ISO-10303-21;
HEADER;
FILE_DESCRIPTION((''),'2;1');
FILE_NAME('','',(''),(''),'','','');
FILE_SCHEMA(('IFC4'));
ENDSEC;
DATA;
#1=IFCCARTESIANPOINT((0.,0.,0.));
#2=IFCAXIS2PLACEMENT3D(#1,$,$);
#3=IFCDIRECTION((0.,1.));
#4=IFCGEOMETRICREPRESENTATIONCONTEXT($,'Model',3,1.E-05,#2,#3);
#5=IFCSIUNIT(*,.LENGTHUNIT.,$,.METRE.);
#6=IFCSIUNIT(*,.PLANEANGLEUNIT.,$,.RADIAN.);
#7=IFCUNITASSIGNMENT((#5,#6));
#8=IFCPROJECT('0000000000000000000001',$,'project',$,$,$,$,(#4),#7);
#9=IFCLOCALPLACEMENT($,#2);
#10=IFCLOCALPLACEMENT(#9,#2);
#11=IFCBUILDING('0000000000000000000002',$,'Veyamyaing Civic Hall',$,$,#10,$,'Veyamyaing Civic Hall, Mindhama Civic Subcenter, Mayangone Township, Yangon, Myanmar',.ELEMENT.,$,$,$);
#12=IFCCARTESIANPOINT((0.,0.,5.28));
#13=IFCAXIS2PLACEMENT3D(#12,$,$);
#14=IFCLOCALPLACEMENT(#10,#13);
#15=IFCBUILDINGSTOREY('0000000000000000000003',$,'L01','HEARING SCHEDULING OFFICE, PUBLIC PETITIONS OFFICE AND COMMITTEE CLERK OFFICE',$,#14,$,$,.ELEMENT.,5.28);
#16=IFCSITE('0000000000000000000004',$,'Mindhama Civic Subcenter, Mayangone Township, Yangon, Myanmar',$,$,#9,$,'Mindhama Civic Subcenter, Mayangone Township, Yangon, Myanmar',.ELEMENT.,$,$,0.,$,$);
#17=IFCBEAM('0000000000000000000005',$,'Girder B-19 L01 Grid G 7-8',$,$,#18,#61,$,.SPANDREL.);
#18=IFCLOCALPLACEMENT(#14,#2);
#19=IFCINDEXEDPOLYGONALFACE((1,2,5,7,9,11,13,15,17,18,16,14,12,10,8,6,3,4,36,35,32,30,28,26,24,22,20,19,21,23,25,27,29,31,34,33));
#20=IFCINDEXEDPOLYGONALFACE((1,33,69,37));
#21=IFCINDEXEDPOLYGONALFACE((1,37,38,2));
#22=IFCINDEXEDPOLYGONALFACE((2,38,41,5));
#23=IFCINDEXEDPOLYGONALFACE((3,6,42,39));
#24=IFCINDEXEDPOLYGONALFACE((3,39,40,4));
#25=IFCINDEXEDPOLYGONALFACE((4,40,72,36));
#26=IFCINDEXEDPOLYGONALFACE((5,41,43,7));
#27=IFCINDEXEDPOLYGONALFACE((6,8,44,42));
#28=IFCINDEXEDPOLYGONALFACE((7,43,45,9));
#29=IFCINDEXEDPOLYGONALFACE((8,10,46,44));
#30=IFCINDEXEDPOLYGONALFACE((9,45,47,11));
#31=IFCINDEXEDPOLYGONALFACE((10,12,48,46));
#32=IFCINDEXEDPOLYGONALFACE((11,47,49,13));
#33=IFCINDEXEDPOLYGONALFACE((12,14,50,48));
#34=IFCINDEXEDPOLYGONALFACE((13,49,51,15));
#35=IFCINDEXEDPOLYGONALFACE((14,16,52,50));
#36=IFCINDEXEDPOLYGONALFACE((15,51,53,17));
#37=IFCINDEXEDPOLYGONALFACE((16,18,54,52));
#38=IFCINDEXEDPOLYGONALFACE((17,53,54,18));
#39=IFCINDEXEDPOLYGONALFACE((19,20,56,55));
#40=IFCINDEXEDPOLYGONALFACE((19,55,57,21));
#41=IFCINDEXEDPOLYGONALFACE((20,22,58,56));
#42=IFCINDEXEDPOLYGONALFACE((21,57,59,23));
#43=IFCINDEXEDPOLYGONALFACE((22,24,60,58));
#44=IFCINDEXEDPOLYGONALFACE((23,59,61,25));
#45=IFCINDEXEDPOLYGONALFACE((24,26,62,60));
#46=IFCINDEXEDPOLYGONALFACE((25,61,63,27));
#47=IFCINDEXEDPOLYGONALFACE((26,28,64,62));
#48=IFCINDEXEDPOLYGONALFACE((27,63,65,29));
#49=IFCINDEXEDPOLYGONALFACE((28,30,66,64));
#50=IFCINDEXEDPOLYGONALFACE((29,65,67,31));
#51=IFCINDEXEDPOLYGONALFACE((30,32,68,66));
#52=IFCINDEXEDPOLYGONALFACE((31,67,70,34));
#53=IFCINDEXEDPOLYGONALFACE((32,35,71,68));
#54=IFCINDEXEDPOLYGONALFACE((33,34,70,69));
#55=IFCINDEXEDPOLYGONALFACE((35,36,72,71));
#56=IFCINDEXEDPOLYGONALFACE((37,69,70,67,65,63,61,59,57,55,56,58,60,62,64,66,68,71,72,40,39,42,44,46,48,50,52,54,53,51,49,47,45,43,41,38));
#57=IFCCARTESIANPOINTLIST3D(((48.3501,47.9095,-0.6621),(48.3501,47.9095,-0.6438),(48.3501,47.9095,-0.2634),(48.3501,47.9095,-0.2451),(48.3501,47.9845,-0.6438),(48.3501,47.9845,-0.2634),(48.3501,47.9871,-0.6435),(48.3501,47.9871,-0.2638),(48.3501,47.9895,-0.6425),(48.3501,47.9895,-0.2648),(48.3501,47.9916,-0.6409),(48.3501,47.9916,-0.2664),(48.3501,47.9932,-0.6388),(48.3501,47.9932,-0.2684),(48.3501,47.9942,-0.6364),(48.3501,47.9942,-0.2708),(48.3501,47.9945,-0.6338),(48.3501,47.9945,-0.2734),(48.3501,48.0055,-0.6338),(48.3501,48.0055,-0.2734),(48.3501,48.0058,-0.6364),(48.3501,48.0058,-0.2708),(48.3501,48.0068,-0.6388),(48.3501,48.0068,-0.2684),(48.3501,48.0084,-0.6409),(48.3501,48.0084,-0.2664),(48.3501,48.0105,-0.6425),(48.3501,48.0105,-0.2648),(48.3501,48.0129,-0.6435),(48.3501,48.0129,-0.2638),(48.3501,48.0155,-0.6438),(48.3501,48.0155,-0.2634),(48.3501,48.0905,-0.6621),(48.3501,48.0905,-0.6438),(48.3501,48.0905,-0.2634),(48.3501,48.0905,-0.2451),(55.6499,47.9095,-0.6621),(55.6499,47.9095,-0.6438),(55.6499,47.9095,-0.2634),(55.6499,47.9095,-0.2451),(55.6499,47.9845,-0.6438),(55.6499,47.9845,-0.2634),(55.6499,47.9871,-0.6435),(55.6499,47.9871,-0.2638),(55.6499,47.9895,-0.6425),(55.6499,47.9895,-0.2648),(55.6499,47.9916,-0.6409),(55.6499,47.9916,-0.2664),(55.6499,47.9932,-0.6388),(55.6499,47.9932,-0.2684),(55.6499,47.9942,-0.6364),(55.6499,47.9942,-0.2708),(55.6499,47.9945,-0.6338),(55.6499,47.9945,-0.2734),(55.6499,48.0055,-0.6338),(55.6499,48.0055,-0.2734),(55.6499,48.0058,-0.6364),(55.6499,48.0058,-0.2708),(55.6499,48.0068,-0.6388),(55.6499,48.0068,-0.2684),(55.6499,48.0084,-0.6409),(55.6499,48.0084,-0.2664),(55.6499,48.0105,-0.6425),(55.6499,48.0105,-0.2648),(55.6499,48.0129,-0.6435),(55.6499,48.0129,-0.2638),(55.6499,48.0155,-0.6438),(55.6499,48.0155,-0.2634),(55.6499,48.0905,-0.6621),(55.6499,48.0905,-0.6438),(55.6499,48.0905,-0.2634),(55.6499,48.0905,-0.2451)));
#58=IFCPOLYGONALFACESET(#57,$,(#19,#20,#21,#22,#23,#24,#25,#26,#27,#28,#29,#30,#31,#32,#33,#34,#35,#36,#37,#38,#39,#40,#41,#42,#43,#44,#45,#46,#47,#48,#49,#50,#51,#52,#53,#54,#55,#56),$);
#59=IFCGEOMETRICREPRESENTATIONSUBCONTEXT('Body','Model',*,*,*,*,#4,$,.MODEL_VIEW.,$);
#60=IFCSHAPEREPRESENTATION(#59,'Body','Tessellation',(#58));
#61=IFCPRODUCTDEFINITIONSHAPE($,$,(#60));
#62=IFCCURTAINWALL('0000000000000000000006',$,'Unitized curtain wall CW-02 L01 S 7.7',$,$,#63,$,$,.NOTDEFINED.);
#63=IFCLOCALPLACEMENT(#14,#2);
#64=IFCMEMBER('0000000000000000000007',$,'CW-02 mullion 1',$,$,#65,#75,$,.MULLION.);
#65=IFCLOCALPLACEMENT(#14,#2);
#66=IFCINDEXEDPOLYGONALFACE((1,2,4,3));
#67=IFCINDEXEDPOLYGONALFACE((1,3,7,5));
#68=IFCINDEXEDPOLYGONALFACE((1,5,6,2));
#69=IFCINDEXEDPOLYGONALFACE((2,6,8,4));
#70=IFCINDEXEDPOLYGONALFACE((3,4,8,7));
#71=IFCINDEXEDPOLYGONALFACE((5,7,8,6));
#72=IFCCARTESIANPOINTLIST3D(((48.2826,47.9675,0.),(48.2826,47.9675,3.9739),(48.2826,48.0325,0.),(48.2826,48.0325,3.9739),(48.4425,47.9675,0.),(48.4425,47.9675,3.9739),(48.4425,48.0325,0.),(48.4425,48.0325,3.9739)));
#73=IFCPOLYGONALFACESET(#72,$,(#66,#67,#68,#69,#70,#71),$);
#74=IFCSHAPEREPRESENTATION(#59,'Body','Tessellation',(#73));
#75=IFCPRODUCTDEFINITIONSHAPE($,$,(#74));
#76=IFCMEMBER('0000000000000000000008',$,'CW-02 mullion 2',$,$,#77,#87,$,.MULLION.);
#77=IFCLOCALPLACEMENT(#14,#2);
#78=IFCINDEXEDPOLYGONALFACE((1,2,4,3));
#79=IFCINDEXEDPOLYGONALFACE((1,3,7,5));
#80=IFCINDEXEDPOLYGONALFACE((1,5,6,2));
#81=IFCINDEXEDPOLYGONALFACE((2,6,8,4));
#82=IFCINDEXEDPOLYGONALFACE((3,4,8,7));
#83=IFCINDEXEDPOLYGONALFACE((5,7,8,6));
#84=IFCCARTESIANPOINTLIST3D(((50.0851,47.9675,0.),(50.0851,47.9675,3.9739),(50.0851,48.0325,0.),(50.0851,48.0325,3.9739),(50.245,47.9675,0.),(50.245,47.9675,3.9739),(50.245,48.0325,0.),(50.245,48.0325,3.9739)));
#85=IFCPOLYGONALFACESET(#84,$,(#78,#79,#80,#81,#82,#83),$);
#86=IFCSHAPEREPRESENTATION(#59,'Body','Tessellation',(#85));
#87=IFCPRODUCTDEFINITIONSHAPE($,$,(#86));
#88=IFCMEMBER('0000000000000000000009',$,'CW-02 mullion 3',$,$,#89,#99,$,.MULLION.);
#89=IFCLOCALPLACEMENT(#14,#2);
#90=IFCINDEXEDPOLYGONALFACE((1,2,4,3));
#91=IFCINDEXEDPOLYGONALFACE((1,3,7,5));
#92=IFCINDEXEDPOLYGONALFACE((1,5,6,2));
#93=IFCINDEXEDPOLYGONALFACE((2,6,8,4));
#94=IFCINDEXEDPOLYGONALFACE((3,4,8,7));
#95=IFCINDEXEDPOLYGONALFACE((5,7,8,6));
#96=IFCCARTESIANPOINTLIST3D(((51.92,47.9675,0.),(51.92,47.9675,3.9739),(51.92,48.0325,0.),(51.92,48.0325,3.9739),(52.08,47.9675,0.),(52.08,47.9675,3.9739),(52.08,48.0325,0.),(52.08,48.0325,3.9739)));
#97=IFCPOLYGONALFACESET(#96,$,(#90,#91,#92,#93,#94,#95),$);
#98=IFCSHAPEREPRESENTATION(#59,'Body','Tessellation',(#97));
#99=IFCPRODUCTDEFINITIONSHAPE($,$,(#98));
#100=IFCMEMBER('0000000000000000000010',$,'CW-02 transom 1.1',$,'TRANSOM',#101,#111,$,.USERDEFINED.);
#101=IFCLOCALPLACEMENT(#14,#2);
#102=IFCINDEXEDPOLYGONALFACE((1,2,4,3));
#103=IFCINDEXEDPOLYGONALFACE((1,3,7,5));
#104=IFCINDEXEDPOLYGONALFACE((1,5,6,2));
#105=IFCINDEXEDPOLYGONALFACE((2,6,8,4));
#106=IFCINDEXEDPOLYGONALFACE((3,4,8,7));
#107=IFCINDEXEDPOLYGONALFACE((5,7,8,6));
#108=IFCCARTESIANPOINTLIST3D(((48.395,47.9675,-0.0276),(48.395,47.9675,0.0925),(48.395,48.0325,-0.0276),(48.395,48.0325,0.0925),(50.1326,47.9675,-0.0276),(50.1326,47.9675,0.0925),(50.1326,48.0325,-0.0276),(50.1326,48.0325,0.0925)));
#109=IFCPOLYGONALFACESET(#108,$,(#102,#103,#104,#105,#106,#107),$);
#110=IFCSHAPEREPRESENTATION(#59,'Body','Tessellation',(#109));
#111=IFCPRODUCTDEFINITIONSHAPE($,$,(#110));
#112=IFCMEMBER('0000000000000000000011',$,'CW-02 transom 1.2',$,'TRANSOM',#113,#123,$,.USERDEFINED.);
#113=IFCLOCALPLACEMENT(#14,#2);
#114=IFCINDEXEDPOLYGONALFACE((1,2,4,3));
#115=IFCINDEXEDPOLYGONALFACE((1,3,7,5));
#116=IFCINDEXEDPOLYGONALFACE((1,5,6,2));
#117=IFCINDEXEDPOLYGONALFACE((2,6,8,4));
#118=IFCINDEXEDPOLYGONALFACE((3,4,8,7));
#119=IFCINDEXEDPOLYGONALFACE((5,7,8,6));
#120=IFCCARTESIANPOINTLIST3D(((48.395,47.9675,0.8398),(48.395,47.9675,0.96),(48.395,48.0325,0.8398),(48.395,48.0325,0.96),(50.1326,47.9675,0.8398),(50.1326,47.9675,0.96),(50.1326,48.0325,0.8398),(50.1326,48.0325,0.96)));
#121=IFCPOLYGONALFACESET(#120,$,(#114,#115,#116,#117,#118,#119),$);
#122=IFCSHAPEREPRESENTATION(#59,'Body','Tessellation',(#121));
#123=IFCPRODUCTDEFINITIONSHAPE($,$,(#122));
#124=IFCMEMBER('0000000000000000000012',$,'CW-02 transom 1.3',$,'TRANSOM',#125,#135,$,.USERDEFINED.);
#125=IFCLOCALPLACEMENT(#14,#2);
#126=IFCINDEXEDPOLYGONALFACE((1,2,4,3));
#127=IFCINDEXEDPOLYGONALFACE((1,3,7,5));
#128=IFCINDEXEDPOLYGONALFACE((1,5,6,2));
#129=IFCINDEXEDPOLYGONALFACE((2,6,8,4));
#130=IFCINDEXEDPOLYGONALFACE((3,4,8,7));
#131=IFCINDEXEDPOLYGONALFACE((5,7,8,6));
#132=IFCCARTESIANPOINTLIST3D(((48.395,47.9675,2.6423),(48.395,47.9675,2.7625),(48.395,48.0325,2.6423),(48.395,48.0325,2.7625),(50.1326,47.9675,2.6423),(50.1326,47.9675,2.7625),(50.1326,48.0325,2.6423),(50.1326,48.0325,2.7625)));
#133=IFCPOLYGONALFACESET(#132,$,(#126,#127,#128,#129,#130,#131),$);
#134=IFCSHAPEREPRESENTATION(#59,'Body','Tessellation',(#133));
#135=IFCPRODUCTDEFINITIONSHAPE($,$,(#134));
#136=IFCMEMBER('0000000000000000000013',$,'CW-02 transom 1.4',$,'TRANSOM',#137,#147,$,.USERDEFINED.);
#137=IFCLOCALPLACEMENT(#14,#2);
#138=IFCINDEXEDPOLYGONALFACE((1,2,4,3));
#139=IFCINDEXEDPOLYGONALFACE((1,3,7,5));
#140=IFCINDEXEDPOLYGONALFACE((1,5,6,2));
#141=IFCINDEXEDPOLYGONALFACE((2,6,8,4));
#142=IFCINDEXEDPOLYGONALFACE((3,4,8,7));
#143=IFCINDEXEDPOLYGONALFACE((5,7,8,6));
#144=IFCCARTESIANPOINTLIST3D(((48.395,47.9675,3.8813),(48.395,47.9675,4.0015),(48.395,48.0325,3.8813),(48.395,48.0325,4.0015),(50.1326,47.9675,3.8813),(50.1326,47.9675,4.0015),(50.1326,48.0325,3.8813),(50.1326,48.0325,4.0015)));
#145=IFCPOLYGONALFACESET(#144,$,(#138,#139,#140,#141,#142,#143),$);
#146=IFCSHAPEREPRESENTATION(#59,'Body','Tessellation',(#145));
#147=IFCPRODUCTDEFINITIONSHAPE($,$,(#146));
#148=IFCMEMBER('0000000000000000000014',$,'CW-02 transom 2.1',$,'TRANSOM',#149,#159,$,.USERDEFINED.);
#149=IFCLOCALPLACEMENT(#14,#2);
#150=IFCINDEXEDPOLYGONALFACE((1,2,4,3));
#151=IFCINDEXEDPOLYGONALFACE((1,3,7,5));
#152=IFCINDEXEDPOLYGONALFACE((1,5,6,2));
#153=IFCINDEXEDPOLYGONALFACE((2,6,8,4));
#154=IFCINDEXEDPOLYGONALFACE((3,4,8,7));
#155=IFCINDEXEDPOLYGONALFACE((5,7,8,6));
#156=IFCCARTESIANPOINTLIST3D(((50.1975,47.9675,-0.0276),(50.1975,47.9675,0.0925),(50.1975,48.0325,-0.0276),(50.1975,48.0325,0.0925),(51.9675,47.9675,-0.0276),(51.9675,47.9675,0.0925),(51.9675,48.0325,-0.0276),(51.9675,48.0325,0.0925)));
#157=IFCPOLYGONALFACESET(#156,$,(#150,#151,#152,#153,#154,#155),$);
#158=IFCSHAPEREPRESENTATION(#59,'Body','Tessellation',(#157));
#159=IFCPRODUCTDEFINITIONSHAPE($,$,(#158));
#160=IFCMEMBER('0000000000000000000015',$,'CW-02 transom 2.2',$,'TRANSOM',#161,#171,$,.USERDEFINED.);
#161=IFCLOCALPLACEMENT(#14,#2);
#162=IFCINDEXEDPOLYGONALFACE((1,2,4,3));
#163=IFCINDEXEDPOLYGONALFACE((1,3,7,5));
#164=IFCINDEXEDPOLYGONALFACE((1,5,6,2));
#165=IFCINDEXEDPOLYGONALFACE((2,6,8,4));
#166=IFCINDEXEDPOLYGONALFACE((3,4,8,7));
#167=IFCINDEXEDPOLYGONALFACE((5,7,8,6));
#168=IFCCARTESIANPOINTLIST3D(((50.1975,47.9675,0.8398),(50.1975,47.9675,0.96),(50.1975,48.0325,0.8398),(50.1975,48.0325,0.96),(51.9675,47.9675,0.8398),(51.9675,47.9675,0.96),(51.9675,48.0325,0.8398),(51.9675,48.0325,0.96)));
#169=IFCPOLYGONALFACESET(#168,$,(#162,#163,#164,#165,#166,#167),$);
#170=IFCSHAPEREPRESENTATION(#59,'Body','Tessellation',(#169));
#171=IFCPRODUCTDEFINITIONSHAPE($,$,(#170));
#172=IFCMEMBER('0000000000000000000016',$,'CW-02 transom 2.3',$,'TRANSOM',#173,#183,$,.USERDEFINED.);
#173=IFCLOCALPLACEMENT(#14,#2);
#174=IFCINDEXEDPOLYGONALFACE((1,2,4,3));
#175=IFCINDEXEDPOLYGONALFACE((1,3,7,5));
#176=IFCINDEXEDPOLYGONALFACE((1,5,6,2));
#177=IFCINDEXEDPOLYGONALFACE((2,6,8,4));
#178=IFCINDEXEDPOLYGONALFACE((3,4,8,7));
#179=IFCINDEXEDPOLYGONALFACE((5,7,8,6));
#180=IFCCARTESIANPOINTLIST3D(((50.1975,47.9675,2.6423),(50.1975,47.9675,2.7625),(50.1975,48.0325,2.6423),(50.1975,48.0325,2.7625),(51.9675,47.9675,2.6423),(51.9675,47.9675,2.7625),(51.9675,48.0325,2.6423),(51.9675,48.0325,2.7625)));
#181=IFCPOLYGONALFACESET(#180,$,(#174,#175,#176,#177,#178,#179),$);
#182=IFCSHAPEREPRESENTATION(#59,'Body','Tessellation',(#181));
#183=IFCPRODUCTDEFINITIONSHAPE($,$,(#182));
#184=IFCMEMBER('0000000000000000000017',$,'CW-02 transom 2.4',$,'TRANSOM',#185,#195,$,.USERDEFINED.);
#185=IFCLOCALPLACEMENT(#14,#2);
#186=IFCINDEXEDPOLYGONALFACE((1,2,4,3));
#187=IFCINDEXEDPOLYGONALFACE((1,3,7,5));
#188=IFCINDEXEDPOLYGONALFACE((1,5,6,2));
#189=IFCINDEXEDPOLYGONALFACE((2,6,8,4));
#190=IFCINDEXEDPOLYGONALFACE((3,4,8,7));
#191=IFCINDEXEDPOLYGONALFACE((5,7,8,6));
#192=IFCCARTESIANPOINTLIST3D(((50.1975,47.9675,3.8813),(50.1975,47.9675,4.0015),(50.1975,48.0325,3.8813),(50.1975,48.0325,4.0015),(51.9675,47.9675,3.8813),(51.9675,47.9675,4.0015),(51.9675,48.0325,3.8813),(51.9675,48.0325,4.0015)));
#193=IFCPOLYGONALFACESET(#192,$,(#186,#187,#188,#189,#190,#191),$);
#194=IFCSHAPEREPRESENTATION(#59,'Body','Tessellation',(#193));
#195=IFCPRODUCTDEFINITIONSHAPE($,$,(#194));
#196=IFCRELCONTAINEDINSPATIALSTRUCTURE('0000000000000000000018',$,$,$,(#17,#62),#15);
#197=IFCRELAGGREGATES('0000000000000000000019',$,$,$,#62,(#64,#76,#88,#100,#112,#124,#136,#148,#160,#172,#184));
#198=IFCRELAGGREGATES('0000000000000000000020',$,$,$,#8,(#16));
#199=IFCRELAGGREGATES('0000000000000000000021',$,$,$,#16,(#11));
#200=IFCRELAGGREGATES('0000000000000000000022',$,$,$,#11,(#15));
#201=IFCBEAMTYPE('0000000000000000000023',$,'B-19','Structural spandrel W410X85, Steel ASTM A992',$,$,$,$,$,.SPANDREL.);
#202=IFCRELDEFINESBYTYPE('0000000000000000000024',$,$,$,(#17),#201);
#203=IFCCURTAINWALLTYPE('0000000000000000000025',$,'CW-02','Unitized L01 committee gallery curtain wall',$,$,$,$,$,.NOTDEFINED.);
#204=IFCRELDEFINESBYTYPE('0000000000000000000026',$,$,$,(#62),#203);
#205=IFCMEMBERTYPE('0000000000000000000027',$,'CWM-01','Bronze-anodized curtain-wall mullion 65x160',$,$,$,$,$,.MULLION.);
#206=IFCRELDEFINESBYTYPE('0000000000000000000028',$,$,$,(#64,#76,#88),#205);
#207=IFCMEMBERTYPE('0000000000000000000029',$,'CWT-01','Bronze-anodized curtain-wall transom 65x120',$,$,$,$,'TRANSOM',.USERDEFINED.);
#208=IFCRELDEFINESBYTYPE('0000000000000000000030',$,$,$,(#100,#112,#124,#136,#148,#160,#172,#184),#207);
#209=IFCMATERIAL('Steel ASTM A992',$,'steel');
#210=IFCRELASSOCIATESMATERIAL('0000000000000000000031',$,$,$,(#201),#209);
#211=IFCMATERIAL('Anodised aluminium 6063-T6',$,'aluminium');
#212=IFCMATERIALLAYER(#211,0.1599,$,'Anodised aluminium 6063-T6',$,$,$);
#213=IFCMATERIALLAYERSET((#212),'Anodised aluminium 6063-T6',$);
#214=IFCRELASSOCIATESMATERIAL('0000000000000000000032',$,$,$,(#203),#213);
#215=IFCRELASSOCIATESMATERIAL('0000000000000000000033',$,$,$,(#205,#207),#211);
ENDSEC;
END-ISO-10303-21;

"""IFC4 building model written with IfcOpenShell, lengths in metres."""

from ifc_helpers import new_model, si_unit, direction, frame, origin, origin_2d, place, context, subcontext, project, spatial, rectangle, i_section, extrude, material, layer, layer_set, material_profile, profile_set, type_object, element, aggregate, save


model = new_model("IFC4")

# Units and contexts
model_context = context("Model", 3, precision=1e-05, world=origin(), true_north=direction((0.0, 1.0)))
body_context = subcontext(model_context, "Body", "Model", "MODEL_VIEW")
ifc_project = project(units=[si_unit("LENGTHUNIT", "METRE"), si_unit("PLANEANGLEUNIT", "RADIAN")], contexts=[model_context])

# Site, building, storey
site_placement = place(None, origin())
site = spatial("IfcSite", under=ifc_project, at=site_placement, Name="Mindhama Civic Subcenter, Mayangone Township, Yangon, Myanmar", LongName="Mindhama Civic Subcenter, Mayangone Township, Yangon, Myanmar", CompositionType="ELEMENT", RefElevation=0.0)
building_placement = place(site_placement, origin())
building = spatial("IfcBuilding", under=site, at=building_placement, Name="Veyamyaing Civic Hall", LongName="Veyamyaing Civic Hall, Mindhama Civic Subcenter, Mayangone Township, Yangon, Myanmar", CompositionType="ELEMENT")
storey_placement = place(building_placement, frame((0.0, 0.0, 5.28)))
storey = spatial("IfcBuildingStorey", under=building, at=storey_placement, Name="L01", Description="HEARING SCHEDULING OFFICE, PUBLIC PETITIONS OFFICE AND COMMITTEE CLERK OFFICE", CompositionType="ELEMENT", Elevation=5.28)

# Beam
ifc_material_1 = material(Name="Steel ASTM A992", Category="steel")
ifc_material_profile_1 = material_profile(ifc_material_1, i_section(OverallWidth=0.1809, OverallDepth=0.417, WebThickness=0.011, FlangeThickness=0.0183, FilletRadius=0.01, at=origin_2d()), Name="W410X85")
ifc_profile_set_1 = profile_set([ifc_material_profile_1], Name="Steel ASTM A992")
beam_type = type_object("IfcBeamType", Name="B-19", Description="Structural spandrel W410X85, Steel ASTM A992", PredefinedType="SPANDREL", material=ifc_profile_set_1)
beam_placement = place(storey_placement, frame((48.3501, 48.0, -0.4536), z_axis=(1.0, 0.0, 0.0), x_axis=(0.0, 1.0, 0.0)))
element("IfcBeam", 1, at=beam_placement, inside=storey, type_object=beam_type, Name="Girder B-19 L01 Grid G 7-8", PredefinedType="SPANDREL", context=body_context, shape_type="SweptSolid", body=[
    extrude(i_section(OverallWidth=0.1809, OverallDepth=0.417, WebThickness=0.011, FlangeThickness=0.0183, FilletRadius=0.01, at=origin_2d()), origin(), (0.0, 0.0, 1.0), 7.2998),
])

# Curtain wall, members
ifc_material_2 = material(Name="Anodised aluminium 6063-T6", Category="aluminium")
ifc_layer_1 = layer(ifc_material_2, 0.1599, Name="Anodised aluminium 6063-T6")
ifc_layer_set_1 = layer_set([ifc_layer_1], Name="Anodised aluminium 6063-T6")
curtain_wall_type = type_object("IfcCurtainWallType", Name="CW-02", Description="Unitized L01 committee gallery curtain wall", PredefinedType="NOTDEFINED", material=ifc_layer_set_1)
curtain_wall_placement = place(storey_placement, origin())
curtain_wall = element("IfcCurtainWall", 2, at=curtain_wall_placement, inside=storey, type_object=curtain_wall_type, Name="Unitized curtain wall CW-02 L01 S 7.7", PredefinedType="NOTDEFINED")
ifc_material_profile_2 = material_profile(ifc_material_2, rectangle(XDim=0.0649, YDim=0.1599, at=origin_2d()), Name="ALU-MUL-65X160")
ifc_profile_set_2 = profile_set([ifc_material_profile_2], Name="Anodised aluminium 6063-T6")
member_type_1 = type_object("IfcMemberType", Name="CWM-01", Description="Bronze-anodized curtain-wall mullion 65x160", PredefinedType="MULLION", material=ifc_profile_set_2)
member_1_placement = place(storey_placement, frame((48.3625, 48.0, 0.0), z_axis=(0.0, 0.0, 1.0), x_axis=(0.0, 1.0, 0.0)))
member_1 = element("IfcMember", 3, at=member_1_placement, type_object=member_type_1, Name="CW-02 mullion 1", PredefinedType="MULLION", context=body_context, shape_type="SweptSolid", body=[
    extrude(rectangle(XDim=0.0649, YDim=0.1599, at=origin_2d()), origin(), (0.0, 0.0, 1.0), 3.9739),
])
member_2_placement = place(storey_placement, frame((50.165, 48.0, 0.0), z_axis=(0.0, 0.0, 1.0), x_axis=(0.0, 1.0, 0.0)))
member_2 = element("IfcMember", 4, at=member_2_placement, type_object=member_type_1, Name="CW-02 mullion 2", PredefinedType="MULLION", context=body_context, shape_type="SweptSolid", body=[
    extrude(rectangle(XDim=0.0649, YDim=0.1599, at=origin_2d()), origin(), (0.0, 0.0, 1.0), 3.9739),
])
member_3_placement = place(storey_placement, frame((52.0, 48.0, 0.0), z_axis=(0.0, 0.0, 1.0), x_axis=(0.0, 1.0, 0.0)))
member_3 = element("IfcMember", 5, at=member_3_placement, type_object=member_type_1, Name="CW-02 mullion 3", PredefinedType="MULLION", context=body_context, shape_type="SweptSolid", body=[
    extrude(rectangle(XDim=0.0649, YDim=0.1599, at=origin_2d()), origin(), (0.0, 0.0, 1.0), 3.9739),
])
ifc_material_profile_3 = material_profile(ifc_material_2, rectangle(XDim=0.0649, YDim=0.1201, at=origin_2d()), Name="ALU-TRN-65X120")
ifc_profile_set_3 = profile_set([ifc_material_profile_3], Name="Anodised aluminium 6063-T6")
member_type_2 = type_object("IfcMemberType", Name="CWT-01", Description="Bronze-anodized curtain-wall transom 65x120", ElementType="TRANSOM", PredefinedType="USERDEFINED", material=ifc_profile_set_3)
member_4_placement = place(storey_placement, frame((48.395, 48.0, 0.0325), z_axis=(1.0, 0.0, 0.0), x_axis=(0.0, 1.0, 0.0)))
member_4 = element("IfcMember", 6, at=member_4_placement, type_object=member_type_2, Name="CW-02 transom 1.1", ObjectType="TRANSOM", PredefinedType="USERDEFINED", context=body_context, shape_type="SweptSolid", body=[
    extrude(rectangle(XDim=0.0649, YDim=0.1201, at=origin_2d()), origin(), (0.0, 0.0, 1.0), 1.7375),
])
member_5_placement = place(storey_placement, frame((48.395, 48.0, 0.8999), z_axis=(1.0, 0.0, 0.0), x_axis=(0.0, 1.0, 0.0)))
member_5 = element("IfcMember", 7, at=member_5_placement, type_object=member_type_2, Name="CW-02 transom 1.2", ObjectType="TRANSOM", PredefinedType="USERDEFINED", context=body_context, shape_type="SweptSolid", body=[
    extrude(rectangle(XDim=0.0649, YDim=0.1201, at=origin_2d()), origin(), (0.0, 0.0, 1.0), 1.7375),
])
member_6_placement = place(storey_placement, frame((48.395, 48.0, 2.7024), z_axis=(1.0, 0.0, 0.0), x_axis=(0.0, 1.0, 0.0)))
member_6 = element("IfcMember", 8, at=member_6_placement, type_object=member_type_2, Name="CW-02 transom 1.3", ObjectType="TRANSOM", PredefinedType="USERDEFINED", context=body_context, shape_type="SweptSolid", body=[
    extrude(rectangle(XDim=0.0649, YDim=0.1201, at=origin_2d()), origin(), (0.0, 0.0, 1.0), 1.7375),
])
member_7_placement = place(storey_placement, frame((48.395, 48.0, 3.9414), z_axis=(1.0, 0.0, 0.0), x_axis=(0.0, 1.0, 0.0)))
member_7 = element("IfcMember", 9, at=member_7_placement, type_object=member_type_2, Name="CW-02 transom 1.4", ObjectType="TRANSOM", PredefinedType="USERDEFINED", context=body_context, shape_type="SweptSolid", body=[
    extrude(rectangle(XDim=0.0649, YDim=0.1201, at=origin_2d()), origin(), (0.0, 0.0, 1.0), 1.7375),
])
member_8_placement = place(storey_placement, frame((50.1975, 48.0, 0.0325), z_axis=(1.0, 0.0, 0.0), x_axis=(0.0, 1.0, 0.0)))
member_8 = element("IfcMember", 10, at=member_8_placement, type_object=member_type_2, Name="CW-02 transom 2.1", ObjectType="TRANSOM", PredefinedType="USERDEFINED", context=body_context, shape_type="SweptSolid", body=[
    extrude(rectangle(XDim=0.0649, YDim=0.1201, at=origin_2d()), origin(), (0.0, 0.0, 1.0), 1.77),
])
member_9_placement = place(storey_placement, frame((50.1975, 48.0, 0.8999), z_axis=(1.0, 0.0, 0.0), x_axis=(0.0, 1.0, 0.0)))
member_9 = element("IfcMember", 11, at=member_9_placement, type_object=member_type_2, Name="CW-02 transom 2.2", ObjectType="TRANSOM", PredefinedType="USERDEFINED", context=body_context, shape_type="SweptSolid", body=[
    extrude(rectangle(XDim=0.0649, YDim=0.1201, at=origin_2d()), origin(), (0.0, 0.0, 1.0), 1.77),
])
member_10_placement = place(storey_placement, frame((50.1975, 48.0, 2.7024), z_axis=(1.0, 0.0, 0.0), x_axis=(0.0, 1.0, 0.0)))
member_10 = element("IfcMember", 12, at=member_10_placement, type_object=member_type_2, Name="CW-02 transom 2.3", ObjectType="TRANSOM", PredefinedType="USERDEFINED", context=body_context, shape_type="SweptSolid", body=[
    extrude(rectangle(XDim=0.0649, YDim=0.1201, at=origin_2d()), origin(), (0.0, 0.0, 1.0), 1.77),
])
member_11_placement = place(storey_placement, frame((50.1975, 48.0, 3.9414), z_axis=(1.0, 0.0, 0.0), x_axis=(0.0, 1.0, 0.0)))
member_11 = element("IfcMember", 13, at=member_11_placement, type_object=member_type_2, Name="CW-02 transom 2.4", ObjectType="TRANSOM", PredefinedType="USERDEFINED", context=body_context, shape_type="SweptSolid", body=[
    extrude(rectangle(XDim=0.0649, YDim=0.1201, at=origin_2d()), origin(), (0.0, 0.0, 1.0), 1.77),
])
aggregate(curtain_wall, [member_1, member_2, member_3, member_4, member_5, member_6, member_7, member_8, member_9, member_10, member_11])

save(model, "model.ifc")
